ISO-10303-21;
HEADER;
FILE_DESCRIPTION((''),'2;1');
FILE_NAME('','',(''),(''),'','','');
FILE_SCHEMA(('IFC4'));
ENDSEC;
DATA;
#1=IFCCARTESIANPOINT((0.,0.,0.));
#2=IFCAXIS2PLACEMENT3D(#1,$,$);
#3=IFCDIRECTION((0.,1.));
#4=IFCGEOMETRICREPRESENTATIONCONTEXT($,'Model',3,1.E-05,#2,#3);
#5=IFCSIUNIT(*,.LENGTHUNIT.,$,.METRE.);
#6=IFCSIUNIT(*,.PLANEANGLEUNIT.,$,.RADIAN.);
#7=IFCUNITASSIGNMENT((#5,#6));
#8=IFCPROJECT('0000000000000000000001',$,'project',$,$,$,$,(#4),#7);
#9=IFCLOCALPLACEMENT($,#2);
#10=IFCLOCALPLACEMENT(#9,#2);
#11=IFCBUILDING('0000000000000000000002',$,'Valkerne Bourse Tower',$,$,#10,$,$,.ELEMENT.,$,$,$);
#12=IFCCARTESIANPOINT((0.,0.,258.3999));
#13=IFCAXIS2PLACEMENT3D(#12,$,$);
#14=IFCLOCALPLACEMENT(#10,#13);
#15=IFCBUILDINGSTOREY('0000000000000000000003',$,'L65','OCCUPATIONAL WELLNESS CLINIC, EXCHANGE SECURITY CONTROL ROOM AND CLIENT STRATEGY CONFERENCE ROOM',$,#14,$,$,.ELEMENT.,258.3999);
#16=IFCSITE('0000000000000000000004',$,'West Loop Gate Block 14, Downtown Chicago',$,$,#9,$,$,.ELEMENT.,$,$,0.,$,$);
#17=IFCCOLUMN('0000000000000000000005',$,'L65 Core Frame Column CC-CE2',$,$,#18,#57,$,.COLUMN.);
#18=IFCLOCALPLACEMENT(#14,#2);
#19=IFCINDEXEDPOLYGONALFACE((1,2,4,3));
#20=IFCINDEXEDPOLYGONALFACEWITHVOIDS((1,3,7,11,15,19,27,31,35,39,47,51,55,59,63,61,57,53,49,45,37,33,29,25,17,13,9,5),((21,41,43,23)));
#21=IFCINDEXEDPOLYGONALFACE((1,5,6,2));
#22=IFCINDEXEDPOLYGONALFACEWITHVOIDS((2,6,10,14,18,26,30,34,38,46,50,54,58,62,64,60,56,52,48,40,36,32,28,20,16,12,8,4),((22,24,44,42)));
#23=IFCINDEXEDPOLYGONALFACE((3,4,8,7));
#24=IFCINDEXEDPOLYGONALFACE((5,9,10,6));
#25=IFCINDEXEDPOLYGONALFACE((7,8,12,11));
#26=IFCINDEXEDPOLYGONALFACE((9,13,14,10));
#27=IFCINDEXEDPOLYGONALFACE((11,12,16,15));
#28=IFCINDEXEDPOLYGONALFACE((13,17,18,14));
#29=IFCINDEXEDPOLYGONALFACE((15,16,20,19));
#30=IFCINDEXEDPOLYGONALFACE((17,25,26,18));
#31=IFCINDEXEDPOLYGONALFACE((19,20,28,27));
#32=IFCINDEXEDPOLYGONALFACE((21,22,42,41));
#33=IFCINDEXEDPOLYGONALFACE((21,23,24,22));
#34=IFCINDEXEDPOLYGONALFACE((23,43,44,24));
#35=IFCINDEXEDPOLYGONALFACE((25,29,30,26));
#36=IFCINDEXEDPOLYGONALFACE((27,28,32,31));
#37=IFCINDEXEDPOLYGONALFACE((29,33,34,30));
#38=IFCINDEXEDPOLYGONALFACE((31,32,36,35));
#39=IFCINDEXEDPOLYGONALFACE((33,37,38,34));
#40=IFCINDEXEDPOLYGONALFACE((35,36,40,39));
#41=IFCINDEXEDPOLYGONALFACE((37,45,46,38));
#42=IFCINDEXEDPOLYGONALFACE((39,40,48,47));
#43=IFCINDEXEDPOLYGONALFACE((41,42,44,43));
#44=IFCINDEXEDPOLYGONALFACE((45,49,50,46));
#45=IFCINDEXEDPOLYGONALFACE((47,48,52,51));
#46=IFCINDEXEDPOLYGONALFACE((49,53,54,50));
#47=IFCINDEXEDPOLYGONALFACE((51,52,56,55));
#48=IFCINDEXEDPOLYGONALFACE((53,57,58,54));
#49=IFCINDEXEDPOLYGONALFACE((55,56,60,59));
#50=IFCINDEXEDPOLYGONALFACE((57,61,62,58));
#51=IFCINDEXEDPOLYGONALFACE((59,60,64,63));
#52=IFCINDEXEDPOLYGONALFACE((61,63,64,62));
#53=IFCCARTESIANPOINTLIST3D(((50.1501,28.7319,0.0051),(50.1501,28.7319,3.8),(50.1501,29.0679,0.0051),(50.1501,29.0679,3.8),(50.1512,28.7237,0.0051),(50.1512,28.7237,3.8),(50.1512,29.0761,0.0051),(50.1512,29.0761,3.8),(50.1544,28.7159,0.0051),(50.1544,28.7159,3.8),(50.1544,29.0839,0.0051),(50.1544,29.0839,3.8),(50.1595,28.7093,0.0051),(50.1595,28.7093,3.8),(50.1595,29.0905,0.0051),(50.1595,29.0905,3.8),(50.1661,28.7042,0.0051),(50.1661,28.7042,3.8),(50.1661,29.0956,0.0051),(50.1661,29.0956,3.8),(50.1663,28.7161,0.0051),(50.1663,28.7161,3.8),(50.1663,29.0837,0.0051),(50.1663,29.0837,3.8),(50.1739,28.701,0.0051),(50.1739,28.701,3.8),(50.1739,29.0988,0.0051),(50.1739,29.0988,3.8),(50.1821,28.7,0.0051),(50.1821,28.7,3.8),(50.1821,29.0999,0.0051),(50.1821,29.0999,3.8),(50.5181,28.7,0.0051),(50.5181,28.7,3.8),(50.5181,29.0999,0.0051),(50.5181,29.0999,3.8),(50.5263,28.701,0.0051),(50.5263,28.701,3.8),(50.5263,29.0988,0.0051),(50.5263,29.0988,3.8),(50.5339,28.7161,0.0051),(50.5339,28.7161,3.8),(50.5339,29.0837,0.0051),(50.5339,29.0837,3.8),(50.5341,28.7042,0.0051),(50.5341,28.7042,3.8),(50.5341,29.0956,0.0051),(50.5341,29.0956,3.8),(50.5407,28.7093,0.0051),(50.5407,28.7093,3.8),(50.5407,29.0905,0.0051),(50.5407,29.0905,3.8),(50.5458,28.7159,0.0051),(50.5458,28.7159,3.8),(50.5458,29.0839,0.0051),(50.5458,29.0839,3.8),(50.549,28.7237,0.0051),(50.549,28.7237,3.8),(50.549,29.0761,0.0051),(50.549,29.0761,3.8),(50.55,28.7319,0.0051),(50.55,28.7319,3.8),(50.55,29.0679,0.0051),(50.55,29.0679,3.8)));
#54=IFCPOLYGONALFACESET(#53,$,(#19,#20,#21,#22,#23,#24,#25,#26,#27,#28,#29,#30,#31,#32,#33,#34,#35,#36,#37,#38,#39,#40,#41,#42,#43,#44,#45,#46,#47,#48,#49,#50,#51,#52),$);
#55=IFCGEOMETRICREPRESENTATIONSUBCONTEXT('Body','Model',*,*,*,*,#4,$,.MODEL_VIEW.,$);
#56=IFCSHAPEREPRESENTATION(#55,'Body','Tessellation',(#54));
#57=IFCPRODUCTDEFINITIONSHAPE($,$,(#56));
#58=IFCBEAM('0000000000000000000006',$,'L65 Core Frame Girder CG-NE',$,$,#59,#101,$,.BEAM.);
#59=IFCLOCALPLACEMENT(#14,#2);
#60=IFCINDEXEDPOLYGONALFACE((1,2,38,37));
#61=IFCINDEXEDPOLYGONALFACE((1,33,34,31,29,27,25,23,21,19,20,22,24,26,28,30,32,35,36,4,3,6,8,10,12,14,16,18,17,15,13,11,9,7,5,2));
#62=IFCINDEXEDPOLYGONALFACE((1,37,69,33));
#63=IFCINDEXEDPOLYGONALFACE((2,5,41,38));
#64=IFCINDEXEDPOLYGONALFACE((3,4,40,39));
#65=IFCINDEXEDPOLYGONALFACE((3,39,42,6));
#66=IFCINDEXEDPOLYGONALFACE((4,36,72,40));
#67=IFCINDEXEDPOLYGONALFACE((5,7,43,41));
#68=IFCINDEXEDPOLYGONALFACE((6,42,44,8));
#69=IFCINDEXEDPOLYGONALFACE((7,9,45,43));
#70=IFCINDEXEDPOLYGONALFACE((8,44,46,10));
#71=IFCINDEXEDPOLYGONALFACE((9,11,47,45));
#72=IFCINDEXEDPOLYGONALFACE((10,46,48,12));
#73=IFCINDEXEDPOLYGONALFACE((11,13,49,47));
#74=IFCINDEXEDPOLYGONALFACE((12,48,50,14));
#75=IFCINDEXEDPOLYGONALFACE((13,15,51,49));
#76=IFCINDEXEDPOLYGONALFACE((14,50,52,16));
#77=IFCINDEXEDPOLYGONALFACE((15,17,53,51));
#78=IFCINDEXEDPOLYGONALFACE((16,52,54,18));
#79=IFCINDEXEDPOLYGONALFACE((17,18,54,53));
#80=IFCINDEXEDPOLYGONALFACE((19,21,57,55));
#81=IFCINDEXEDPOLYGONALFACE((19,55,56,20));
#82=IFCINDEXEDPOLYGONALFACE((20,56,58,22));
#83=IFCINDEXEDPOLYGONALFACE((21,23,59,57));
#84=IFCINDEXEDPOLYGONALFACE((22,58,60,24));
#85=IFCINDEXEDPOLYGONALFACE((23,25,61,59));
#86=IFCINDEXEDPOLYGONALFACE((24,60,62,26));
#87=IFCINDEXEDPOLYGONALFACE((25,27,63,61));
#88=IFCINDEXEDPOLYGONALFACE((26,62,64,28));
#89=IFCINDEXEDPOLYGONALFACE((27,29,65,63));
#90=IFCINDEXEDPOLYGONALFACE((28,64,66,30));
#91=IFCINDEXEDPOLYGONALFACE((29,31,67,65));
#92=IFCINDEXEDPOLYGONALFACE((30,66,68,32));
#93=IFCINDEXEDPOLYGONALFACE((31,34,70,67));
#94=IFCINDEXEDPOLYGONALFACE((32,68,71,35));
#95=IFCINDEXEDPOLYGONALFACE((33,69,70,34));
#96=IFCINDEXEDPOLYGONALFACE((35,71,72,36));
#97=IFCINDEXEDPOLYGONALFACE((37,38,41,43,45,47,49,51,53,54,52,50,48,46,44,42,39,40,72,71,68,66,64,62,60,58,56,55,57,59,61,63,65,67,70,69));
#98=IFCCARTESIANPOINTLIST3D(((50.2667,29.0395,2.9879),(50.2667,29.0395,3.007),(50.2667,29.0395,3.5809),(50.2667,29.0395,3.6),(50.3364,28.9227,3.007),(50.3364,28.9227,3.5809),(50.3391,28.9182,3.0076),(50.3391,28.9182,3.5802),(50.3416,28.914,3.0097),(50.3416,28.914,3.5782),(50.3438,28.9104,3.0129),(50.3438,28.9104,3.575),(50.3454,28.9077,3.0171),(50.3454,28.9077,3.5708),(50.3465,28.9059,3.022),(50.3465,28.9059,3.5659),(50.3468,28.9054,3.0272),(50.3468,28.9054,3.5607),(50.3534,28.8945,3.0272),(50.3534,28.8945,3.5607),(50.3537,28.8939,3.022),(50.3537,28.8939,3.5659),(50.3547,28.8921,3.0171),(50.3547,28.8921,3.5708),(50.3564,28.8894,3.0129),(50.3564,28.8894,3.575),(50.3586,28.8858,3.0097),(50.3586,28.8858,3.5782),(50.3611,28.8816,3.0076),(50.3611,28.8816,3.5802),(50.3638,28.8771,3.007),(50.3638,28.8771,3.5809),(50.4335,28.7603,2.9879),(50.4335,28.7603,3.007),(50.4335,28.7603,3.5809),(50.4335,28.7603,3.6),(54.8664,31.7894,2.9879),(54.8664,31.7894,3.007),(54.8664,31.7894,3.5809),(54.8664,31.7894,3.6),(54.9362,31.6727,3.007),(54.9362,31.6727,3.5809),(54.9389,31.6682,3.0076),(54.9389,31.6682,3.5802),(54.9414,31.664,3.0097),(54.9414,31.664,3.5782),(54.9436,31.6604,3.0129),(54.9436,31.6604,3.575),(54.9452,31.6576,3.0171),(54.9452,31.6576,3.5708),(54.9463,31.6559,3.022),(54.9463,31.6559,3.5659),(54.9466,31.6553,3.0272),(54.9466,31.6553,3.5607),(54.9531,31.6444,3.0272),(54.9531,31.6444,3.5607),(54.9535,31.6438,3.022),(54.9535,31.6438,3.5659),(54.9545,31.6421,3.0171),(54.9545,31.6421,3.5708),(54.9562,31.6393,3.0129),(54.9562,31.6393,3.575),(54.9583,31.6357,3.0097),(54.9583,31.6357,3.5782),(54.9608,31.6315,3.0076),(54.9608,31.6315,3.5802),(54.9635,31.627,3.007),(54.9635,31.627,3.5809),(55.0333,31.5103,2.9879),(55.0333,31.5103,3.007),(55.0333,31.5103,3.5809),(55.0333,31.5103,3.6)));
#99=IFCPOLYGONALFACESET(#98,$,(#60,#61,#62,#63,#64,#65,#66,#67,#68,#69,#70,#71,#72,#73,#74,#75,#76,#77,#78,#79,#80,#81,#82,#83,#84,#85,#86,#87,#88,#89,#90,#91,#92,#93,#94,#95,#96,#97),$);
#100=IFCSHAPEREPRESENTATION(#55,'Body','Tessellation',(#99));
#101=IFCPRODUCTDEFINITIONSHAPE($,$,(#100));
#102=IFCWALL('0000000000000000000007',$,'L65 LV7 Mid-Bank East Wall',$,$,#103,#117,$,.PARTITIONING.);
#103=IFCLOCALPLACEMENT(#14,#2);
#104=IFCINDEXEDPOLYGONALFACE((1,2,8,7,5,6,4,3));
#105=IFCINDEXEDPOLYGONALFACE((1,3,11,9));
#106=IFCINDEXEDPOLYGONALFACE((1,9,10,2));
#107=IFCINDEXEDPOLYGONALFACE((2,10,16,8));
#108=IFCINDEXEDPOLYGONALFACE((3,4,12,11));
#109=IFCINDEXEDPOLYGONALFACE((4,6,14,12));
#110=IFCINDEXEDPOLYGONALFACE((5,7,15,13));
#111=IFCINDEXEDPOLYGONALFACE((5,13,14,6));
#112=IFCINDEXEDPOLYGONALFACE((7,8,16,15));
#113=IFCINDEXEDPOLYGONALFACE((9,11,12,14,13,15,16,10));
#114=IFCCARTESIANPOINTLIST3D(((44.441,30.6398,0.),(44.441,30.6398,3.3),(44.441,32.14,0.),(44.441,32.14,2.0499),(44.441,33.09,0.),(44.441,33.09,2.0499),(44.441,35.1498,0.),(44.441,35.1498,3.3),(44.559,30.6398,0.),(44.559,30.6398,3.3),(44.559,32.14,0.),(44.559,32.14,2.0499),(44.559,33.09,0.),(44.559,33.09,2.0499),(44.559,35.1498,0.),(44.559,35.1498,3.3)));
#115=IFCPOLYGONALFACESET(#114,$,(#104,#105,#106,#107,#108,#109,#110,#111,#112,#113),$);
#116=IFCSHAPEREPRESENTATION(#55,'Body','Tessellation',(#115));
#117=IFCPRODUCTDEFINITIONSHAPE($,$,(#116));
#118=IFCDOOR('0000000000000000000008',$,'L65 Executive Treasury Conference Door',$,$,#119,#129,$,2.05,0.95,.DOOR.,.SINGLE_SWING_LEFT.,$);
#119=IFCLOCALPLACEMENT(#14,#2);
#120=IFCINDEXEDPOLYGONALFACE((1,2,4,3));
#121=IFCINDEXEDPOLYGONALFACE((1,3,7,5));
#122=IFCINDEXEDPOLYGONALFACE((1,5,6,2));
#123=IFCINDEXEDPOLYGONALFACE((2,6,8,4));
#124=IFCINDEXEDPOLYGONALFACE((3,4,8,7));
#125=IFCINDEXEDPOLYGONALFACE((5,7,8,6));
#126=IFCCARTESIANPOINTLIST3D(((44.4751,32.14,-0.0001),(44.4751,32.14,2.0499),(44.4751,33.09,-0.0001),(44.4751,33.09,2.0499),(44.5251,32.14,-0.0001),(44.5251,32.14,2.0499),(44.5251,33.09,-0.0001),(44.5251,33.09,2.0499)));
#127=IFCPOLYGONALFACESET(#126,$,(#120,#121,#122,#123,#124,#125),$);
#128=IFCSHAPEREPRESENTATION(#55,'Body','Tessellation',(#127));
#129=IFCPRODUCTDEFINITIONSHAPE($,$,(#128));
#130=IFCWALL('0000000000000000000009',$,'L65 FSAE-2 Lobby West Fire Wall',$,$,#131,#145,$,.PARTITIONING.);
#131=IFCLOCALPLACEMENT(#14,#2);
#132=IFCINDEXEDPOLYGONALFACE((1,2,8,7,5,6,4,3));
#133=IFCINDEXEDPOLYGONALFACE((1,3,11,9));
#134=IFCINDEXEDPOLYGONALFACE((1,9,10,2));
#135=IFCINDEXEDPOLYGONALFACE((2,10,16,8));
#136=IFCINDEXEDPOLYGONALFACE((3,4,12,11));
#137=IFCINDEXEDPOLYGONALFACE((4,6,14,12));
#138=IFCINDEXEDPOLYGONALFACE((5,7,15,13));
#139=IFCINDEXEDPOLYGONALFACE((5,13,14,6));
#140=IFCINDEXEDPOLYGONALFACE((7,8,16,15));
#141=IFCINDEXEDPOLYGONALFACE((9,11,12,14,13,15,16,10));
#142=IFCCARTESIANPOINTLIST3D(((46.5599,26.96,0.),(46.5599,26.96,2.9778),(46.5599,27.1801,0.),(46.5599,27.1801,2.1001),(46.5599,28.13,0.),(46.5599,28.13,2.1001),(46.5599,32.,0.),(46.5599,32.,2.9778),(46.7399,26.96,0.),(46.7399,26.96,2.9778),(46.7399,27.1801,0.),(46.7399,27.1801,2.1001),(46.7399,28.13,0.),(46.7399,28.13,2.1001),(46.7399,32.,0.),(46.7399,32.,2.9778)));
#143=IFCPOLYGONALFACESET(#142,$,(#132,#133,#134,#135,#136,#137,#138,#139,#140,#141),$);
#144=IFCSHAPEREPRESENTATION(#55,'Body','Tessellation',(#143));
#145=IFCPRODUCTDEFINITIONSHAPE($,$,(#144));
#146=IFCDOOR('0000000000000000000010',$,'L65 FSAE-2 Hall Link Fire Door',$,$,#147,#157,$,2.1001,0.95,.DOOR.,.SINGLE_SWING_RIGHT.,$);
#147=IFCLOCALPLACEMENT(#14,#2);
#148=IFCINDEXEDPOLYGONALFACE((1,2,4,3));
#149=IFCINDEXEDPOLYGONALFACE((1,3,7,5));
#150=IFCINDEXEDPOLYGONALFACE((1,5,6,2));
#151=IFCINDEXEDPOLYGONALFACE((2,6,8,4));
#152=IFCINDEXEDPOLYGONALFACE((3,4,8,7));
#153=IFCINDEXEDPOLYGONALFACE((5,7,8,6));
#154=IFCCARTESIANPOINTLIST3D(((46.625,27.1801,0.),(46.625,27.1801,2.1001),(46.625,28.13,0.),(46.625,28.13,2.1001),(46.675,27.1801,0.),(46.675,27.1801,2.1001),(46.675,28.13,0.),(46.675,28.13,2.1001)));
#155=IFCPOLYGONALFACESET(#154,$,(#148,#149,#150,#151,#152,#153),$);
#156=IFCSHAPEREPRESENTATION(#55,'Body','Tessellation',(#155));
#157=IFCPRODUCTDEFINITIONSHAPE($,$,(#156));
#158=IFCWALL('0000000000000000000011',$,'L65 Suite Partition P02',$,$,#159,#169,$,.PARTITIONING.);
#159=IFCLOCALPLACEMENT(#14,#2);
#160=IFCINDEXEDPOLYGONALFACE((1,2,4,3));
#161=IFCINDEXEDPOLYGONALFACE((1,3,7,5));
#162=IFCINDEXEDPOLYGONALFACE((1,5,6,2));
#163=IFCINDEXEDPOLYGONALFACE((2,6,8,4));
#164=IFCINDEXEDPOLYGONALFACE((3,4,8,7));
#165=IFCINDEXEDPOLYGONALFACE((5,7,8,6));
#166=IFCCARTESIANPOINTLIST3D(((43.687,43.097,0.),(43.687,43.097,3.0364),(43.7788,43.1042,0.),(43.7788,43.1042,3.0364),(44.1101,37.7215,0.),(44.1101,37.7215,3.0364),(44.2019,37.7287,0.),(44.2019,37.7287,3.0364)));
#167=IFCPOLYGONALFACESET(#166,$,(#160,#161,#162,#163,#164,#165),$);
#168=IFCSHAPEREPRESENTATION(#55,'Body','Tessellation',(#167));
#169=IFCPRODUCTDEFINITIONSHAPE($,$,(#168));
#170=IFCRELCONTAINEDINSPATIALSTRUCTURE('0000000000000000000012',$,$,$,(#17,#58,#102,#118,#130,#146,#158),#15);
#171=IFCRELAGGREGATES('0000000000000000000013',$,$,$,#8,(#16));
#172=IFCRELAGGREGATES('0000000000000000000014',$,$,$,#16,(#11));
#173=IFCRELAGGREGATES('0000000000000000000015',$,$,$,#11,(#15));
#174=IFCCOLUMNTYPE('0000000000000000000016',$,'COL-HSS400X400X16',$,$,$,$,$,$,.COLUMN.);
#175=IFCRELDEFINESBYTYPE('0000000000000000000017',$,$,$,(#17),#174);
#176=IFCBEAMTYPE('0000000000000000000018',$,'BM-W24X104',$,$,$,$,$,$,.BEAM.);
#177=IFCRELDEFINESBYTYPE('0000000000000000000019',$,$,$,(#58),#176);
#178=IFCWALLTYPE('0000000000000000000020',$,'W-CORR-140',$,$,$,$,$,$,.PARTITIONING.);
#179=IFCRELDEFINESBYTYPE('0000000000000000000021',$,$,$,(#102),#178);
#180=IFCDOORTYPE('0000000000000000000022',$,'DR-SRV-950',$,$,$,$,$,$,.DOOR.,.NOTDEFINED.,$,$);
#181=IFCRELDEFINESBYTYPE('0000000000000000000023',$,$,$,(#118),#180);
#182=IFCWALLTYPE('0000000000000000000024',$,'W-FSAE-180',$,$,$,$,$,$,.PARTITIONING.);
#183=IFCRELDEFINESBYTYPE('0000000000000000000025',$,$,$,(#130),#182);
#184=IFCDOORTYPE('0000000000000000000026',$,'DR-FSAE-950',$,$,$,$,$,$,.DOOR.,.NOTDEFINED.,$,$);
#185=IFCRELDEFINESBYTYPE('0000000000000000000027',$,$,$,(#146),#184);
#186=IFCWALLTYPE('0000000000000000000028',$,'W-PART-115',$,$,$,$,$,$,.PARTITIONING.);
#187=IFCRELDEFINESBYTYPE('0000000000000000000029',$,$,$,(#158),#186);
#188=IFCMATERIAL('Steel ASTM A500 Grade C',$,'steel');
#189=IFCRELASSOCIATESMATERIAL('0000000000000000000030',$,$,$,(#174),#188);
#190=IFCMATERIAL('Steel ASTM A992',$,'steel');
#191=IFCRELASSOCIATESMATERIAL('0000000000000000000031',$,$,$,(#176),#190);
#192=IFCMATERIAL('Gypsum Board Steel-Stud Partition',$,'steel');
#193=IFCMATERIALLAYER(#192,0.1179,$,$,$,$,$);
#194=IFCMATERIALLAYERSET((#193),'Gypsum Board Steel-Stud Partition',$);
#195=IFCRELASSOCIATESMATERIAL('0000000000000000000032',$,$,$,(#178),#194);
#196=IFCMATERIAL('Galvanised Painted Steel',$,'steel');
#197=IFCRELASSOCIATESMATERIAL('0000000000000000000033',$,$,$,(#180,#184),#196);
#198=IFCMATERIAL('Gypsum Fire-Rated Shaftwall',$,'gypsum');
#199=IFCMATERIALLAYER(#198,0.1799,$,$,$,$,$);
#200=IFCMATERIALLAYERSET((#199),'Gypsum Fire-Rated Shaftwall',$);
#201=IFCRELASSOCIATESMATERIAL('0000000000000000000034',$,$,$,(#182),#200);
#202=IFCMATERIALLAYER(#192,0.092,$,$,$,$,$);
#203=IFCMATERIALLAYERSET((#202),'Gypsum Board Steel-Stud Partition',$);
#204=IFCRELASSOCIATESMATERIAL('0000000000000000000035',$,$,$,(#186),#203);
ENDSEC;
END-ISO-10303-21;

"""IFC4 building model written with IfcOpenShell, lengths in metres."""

from ifc_helpers import new_model, si_unit, direction, frame, frame_2d, origin, origin_2d, place, context, subcontext, project, spatial, rectangle, hollow_rectangle, i_section, extrude, material, layer, layer_set, material_profile, profile_set, type_object, element, fill, save


model = new_model("IFC4")

# Units and contexts
model_context = context("Model", 3, precision=1e-05, world=origin(), true_north=direction((0.0, 1.0)))
body_context = subcontext(model_context, "Body", "Model", "MODEL_VIEW")
ifc_project = project(units=[si_unit("LENGTHUNIT", "METRE"), si_unit("PLANEANGLEUNIT", "RADIAN")], contexts=[model_context])

# Site, building, storey
site_placement = place(None, origin())
site = spatial("IfcSite", under=ifc_project, at=site_placement, Name="West Loop Gate Block 14, Downtown Chicago", CompositionType="ELEMENT", RefElevation=0.0)
building_placement = place(site_placement, origin())
building = spatial("IfcBuilding", under=site, at=building_placement, Name="Valkerne Bourse Tower", CompositionType="ELEMENT")
storey_placement = place(building_placement, frame((0.0, 0.0, 258.3999)))
storey = spatial("IfcBuildingStorey", under=building, at=storey_placement, Name="L65", Description="OCCUPATIONAL WELLNESS CLINIC, EXCHANGE SECURITY CONTROL ROOM AND CLIENT STRATEGY CONFERENCE ROOM", CompositionType="ELEMENT", Elevation=258.3999)

# Column
ifc_material_1 = material(Name="Steel ASTM A500 Grade C", Category="steel")
ifc_material_profile_1 = material_profile(ifc_material_1, hollow_rectangle(XDim=0.3999, YDim=0.3999, WallThickness=0.0161, OuterFilletRadius=0.032, at=origin_2d()), Name="HSS400X400X16")
ifc_profile_set_1 = profile_set([ifc_material_profile_1], Name="Steel ASTM A500 Grade C")
column_type = type_object("IfcColumnType", Name="COL-HSS400X400X16", PredefinedType="COLUMN", material=ifc_profile_set_1)
column_placement = place(storey_placement, frame((50.3501, 28.8999, 0.0051), z_axis=(0.0, 0.0, 1.0), x_axis=(1.0, 0.0, 0.0)))
element("IfcColumn", 1, at=column_placement, inside=storey, type_object=column_type, Name="L65 Core Frame Column CC-CE2", PredefinedType="COLUMN", context=body_context, shape_type="SweptSolid", body=[
    extrude(hollow_rectangle(XDim=0.3999, YDim=0.3999, WallThickness=0.0161, OuterFilletRadius=0.032, at=origin_2d()), origin(), (0.0, 0.0, 1.0), 3.7949),
])

# Beam
ifc_material_2 = material(Name="Steel ASTM A992", Category="steel")
ifc_material_profile_2 = material_profile(ifc_material_2, i_section(OverallWidth=0.3252, OverallDepth=0.6121, WebThickness=0.0127, FlangeThickness=0.019, FilletRadius=0.0203, at=origin_2d()), Name="W24X104")
ifc_profile_set_2 = profile_set([ifc_material_profile_2], Name="Steel ASTM A992")
beam_type = type_object("IfcBeamType", Name="BM-W24X104", PredefinedType="BEAM", material=ifc_profile_set_2)
beam_placement = place(storey_placement, frame((50.3501, 28.8999, 3.2939), z_axis=(0.858308, 0.513135, 0.0), x_axis=(-0.513135, 0.858308, 0.0)))
element("IfcBeam", 2, at=beam_placement, inside=storey, type_object=beam_type, Name="L65 Core Frame Girder CG-NE", PredefinedType="BEAM", context=body_context, shape_type="SweptSolid", body=[
    extrude(i_section(OverallWidth=0.3252, OverallDepth=0.6121, WebThickness=0.0127, FlangeThickness=0.019, FilletRadius=0.0203, at=origin_2d()), origin(), (0.0, 0.0, 1.0), 5.3591),
])

# Walls, openings, doors
ifc_material_3 = material(Name="Gypsum Board Steel-Stud Partition", Category="steel")
ifc_layer_1 = layer(ifc_material_3, 0.1179)
ifc_layer_set_1 = layer_set([ifc_layer_1], Name="Gypsum Board Steel-Stud Partition")
wall_type_1 = type_object("IfcWallType", Name="W-CORR-140", PredefinedType="PARTITIONING", material=ifc_layer_set_1)
wall_1_placement = place(storey_placement, frame((44.5, 30.6399, 0.0), z_axis=(0.0, 0.0, 1.0), x_axis=(0.0, 1.0, 0.0)))
wall_1 = element("IfcWall", 3, at=wall_1_placement, inside=storey, type_object=wall_type_1, Name="L65 LV7 Mid-Bank East Wall", PredefinedType="PARTITIONING", context=body_context, shape_type="SweptSolid", body=[
    extrude(rectangle(XDim=4.51, YDim=0.1179, at=frame_2d((2.2549, 0.0))), origin(), (0.0, 0.0, 1.0), 3.3),
])
opening_1_placement = place(wall_1_placement, frame((1.5, 0.0, 0.0)))
opening_1 = element("IfcOpeningElement", 4, at=opening_1_placement, cuts=wall_1, PredefinedType="OPENING", context=body_context, shape_type="SweptSolid", body=[
    extrude(rectangle(XDim=0.95, YDim=2.05, at=frame_2d((0.4751, 1.0249))), frame((0.0, 0.0688, 0.0), z_axis=(0.0, -1.0, 0.0), x_axis=(1.0, 0.0, 0.0)), (0.0, 0.0, 1.0), 0.1379),
])
ifc_material_4 = material(Name="Galvanised Painted Steel", Category="steel")
door_type_1 = type_object("IfcDoorType", Name="DR-SRV-950", OperationType="NOTDEFINED", PredefinedType="DOOR", material=ifc_material_4)
door_1_placement = place(opening_1_placement, origin())
door_1 = element("IfcDoor", 5, at=door_1_placement, inside=storey, type_object=door_type_1, Name="L65 Executive Treasury Conference Door", OperationType="SINGLE_SWING_LEFT", OverallHeight=2.05, OverallWidth=0.95, PredefinedType="DOOR", context=body_context, shape_type="SweptSolid", body=[
    extrude(rectangle(XDim=0.95, YDim=2.05, at=frame_2d((0.4751, 1.0249))), frame((0.0, 0.0249, 0.0), z_axis=(0.0, -1.0, 0.0), x_axis=(1.0, 0.0, 0.0)), (0.0, 0.0, 1.0), 0.05),
])
fill(opening_1, door_1)
ifc_material_5 = material(Name="Gypsum Fire-Rated Shaftwall", Category="gypsum")
ifc_layer_2 = layer(ifc_material_5, 0.1799)
ifc_layer_set_2 = layer_set([ifc_layer_2], Name="Gypsum Fire-Rated Shaftwall")
wall_type_2 = type_object("IfcWallType", Name="W-FSAE-180", PredefinedType="PARTITIONING", material=ifc_layer_set_2)
wall_2_placement = place(storey_placement, frame((46.6499, 26.96, 0.0), z_axis=(0.0, 0.0, 1.0), x_axis=(0.0, 1.0, 0.0)))
wall_2 = element("IfcWall", 6, at=wall_2_placement, inside=storey, type_object=wall_type_2, Name="L65 FSAE-2 Lobby West Fire Wall", PredefinedType="PARTITIONING", context=body_context, shape_type="SweptSolid", body=[
    extrude(rectangle(XDim=5.04, YDim=0.1799, at=frame_2d((2.52, 0.0))), origin(), (0.0, 0.0, 1.0), 2.9778),
])
opening_2_placement = place(wall_2_placement, frame((0.22, 0.0, 0.0)))
opening_2 = element("IfcOpeningElement", 7, at=opening_2_placement, cuts=wall_2, PredefinedType="OPENING", context=body_context, shape_type="SweptSolid", body=[
    extrude(rectangle(XDim=0.95, YDim=2.1001, at=frame_2d((0.4751, 1.05))), frame((0.0, 0.0999, 0.0), z_axis=(0.0, -1.0, 0.0), x_axis=(1.0, 0.0, 0.0)), (0.0, 0.0, 1.0), 0.2),
])
door_type_2 = type_object("IfcDoorType", Name="DR-FSAE-950", OperationType="NOTDEFINED", PredefinedType="DOOR", material=ifc_material_4)
door_2_placement = place(opening_2_placement, origin())
door_2 = element("IfcDoor", 8, at=door_2_placement, inside=storey, type_object=door_type_2, Name="L65 FSAE-2 Hall Link Fire Door", OperationType="SINGLE_SWING_RIGHT", OverallHeight=2.1001, OverallWidth=0.95, PredefinedType="DOOR", context=body_context, shape_type="SweptSolid", body=[
    extrude(rectangle(XDim=0.95, YDim=2.1001, at=frame_2d((0.4751, 1.05))), frame((0.0, 0.0249, 0.0), z_axis=(0.0, -1.0, 0.0), x_axis=(1.0, 0.0, 0.0)), (0.0, 0.0, 1.0), 0.05),
])
fill(opening_2, door_2)

# Wall
ifc_layer_3 = layer(ifc_material_3, 0.092)
ifc_layer_set_3 = layer_set([ifc_layer_3], Name="Gypsum Board Steel-Stud Partition")
wall_type_3 = type_object("IfcWallType", Name="W-PART-115", PredefinedType="PARTITIONING", material=ifc_layer_set_3)
wall_3_placement = place(storey_placement, frame((44.156, 37.7251, 0.0), z_axis=(0.0, 0.0, 1.0), x_axis=(-0.078466, 0.996917, 0.0)))
element("IfcWall", 9, at=wall_3_placement, inside=storey, type_object=wall_type_3, Name="L65 Suite Partition P02", PredefinedType="PARTITIONING", context=body_context, shape_type="SweptSolid", body=[
    extrude(rectangle(XDim=5.3921, YDim=0.092, at=frame_2d((2.696, 0.0))), origin(), (0.0, 0.0, 1.0), 3.0364),
])

save(model, "model.ifc")
